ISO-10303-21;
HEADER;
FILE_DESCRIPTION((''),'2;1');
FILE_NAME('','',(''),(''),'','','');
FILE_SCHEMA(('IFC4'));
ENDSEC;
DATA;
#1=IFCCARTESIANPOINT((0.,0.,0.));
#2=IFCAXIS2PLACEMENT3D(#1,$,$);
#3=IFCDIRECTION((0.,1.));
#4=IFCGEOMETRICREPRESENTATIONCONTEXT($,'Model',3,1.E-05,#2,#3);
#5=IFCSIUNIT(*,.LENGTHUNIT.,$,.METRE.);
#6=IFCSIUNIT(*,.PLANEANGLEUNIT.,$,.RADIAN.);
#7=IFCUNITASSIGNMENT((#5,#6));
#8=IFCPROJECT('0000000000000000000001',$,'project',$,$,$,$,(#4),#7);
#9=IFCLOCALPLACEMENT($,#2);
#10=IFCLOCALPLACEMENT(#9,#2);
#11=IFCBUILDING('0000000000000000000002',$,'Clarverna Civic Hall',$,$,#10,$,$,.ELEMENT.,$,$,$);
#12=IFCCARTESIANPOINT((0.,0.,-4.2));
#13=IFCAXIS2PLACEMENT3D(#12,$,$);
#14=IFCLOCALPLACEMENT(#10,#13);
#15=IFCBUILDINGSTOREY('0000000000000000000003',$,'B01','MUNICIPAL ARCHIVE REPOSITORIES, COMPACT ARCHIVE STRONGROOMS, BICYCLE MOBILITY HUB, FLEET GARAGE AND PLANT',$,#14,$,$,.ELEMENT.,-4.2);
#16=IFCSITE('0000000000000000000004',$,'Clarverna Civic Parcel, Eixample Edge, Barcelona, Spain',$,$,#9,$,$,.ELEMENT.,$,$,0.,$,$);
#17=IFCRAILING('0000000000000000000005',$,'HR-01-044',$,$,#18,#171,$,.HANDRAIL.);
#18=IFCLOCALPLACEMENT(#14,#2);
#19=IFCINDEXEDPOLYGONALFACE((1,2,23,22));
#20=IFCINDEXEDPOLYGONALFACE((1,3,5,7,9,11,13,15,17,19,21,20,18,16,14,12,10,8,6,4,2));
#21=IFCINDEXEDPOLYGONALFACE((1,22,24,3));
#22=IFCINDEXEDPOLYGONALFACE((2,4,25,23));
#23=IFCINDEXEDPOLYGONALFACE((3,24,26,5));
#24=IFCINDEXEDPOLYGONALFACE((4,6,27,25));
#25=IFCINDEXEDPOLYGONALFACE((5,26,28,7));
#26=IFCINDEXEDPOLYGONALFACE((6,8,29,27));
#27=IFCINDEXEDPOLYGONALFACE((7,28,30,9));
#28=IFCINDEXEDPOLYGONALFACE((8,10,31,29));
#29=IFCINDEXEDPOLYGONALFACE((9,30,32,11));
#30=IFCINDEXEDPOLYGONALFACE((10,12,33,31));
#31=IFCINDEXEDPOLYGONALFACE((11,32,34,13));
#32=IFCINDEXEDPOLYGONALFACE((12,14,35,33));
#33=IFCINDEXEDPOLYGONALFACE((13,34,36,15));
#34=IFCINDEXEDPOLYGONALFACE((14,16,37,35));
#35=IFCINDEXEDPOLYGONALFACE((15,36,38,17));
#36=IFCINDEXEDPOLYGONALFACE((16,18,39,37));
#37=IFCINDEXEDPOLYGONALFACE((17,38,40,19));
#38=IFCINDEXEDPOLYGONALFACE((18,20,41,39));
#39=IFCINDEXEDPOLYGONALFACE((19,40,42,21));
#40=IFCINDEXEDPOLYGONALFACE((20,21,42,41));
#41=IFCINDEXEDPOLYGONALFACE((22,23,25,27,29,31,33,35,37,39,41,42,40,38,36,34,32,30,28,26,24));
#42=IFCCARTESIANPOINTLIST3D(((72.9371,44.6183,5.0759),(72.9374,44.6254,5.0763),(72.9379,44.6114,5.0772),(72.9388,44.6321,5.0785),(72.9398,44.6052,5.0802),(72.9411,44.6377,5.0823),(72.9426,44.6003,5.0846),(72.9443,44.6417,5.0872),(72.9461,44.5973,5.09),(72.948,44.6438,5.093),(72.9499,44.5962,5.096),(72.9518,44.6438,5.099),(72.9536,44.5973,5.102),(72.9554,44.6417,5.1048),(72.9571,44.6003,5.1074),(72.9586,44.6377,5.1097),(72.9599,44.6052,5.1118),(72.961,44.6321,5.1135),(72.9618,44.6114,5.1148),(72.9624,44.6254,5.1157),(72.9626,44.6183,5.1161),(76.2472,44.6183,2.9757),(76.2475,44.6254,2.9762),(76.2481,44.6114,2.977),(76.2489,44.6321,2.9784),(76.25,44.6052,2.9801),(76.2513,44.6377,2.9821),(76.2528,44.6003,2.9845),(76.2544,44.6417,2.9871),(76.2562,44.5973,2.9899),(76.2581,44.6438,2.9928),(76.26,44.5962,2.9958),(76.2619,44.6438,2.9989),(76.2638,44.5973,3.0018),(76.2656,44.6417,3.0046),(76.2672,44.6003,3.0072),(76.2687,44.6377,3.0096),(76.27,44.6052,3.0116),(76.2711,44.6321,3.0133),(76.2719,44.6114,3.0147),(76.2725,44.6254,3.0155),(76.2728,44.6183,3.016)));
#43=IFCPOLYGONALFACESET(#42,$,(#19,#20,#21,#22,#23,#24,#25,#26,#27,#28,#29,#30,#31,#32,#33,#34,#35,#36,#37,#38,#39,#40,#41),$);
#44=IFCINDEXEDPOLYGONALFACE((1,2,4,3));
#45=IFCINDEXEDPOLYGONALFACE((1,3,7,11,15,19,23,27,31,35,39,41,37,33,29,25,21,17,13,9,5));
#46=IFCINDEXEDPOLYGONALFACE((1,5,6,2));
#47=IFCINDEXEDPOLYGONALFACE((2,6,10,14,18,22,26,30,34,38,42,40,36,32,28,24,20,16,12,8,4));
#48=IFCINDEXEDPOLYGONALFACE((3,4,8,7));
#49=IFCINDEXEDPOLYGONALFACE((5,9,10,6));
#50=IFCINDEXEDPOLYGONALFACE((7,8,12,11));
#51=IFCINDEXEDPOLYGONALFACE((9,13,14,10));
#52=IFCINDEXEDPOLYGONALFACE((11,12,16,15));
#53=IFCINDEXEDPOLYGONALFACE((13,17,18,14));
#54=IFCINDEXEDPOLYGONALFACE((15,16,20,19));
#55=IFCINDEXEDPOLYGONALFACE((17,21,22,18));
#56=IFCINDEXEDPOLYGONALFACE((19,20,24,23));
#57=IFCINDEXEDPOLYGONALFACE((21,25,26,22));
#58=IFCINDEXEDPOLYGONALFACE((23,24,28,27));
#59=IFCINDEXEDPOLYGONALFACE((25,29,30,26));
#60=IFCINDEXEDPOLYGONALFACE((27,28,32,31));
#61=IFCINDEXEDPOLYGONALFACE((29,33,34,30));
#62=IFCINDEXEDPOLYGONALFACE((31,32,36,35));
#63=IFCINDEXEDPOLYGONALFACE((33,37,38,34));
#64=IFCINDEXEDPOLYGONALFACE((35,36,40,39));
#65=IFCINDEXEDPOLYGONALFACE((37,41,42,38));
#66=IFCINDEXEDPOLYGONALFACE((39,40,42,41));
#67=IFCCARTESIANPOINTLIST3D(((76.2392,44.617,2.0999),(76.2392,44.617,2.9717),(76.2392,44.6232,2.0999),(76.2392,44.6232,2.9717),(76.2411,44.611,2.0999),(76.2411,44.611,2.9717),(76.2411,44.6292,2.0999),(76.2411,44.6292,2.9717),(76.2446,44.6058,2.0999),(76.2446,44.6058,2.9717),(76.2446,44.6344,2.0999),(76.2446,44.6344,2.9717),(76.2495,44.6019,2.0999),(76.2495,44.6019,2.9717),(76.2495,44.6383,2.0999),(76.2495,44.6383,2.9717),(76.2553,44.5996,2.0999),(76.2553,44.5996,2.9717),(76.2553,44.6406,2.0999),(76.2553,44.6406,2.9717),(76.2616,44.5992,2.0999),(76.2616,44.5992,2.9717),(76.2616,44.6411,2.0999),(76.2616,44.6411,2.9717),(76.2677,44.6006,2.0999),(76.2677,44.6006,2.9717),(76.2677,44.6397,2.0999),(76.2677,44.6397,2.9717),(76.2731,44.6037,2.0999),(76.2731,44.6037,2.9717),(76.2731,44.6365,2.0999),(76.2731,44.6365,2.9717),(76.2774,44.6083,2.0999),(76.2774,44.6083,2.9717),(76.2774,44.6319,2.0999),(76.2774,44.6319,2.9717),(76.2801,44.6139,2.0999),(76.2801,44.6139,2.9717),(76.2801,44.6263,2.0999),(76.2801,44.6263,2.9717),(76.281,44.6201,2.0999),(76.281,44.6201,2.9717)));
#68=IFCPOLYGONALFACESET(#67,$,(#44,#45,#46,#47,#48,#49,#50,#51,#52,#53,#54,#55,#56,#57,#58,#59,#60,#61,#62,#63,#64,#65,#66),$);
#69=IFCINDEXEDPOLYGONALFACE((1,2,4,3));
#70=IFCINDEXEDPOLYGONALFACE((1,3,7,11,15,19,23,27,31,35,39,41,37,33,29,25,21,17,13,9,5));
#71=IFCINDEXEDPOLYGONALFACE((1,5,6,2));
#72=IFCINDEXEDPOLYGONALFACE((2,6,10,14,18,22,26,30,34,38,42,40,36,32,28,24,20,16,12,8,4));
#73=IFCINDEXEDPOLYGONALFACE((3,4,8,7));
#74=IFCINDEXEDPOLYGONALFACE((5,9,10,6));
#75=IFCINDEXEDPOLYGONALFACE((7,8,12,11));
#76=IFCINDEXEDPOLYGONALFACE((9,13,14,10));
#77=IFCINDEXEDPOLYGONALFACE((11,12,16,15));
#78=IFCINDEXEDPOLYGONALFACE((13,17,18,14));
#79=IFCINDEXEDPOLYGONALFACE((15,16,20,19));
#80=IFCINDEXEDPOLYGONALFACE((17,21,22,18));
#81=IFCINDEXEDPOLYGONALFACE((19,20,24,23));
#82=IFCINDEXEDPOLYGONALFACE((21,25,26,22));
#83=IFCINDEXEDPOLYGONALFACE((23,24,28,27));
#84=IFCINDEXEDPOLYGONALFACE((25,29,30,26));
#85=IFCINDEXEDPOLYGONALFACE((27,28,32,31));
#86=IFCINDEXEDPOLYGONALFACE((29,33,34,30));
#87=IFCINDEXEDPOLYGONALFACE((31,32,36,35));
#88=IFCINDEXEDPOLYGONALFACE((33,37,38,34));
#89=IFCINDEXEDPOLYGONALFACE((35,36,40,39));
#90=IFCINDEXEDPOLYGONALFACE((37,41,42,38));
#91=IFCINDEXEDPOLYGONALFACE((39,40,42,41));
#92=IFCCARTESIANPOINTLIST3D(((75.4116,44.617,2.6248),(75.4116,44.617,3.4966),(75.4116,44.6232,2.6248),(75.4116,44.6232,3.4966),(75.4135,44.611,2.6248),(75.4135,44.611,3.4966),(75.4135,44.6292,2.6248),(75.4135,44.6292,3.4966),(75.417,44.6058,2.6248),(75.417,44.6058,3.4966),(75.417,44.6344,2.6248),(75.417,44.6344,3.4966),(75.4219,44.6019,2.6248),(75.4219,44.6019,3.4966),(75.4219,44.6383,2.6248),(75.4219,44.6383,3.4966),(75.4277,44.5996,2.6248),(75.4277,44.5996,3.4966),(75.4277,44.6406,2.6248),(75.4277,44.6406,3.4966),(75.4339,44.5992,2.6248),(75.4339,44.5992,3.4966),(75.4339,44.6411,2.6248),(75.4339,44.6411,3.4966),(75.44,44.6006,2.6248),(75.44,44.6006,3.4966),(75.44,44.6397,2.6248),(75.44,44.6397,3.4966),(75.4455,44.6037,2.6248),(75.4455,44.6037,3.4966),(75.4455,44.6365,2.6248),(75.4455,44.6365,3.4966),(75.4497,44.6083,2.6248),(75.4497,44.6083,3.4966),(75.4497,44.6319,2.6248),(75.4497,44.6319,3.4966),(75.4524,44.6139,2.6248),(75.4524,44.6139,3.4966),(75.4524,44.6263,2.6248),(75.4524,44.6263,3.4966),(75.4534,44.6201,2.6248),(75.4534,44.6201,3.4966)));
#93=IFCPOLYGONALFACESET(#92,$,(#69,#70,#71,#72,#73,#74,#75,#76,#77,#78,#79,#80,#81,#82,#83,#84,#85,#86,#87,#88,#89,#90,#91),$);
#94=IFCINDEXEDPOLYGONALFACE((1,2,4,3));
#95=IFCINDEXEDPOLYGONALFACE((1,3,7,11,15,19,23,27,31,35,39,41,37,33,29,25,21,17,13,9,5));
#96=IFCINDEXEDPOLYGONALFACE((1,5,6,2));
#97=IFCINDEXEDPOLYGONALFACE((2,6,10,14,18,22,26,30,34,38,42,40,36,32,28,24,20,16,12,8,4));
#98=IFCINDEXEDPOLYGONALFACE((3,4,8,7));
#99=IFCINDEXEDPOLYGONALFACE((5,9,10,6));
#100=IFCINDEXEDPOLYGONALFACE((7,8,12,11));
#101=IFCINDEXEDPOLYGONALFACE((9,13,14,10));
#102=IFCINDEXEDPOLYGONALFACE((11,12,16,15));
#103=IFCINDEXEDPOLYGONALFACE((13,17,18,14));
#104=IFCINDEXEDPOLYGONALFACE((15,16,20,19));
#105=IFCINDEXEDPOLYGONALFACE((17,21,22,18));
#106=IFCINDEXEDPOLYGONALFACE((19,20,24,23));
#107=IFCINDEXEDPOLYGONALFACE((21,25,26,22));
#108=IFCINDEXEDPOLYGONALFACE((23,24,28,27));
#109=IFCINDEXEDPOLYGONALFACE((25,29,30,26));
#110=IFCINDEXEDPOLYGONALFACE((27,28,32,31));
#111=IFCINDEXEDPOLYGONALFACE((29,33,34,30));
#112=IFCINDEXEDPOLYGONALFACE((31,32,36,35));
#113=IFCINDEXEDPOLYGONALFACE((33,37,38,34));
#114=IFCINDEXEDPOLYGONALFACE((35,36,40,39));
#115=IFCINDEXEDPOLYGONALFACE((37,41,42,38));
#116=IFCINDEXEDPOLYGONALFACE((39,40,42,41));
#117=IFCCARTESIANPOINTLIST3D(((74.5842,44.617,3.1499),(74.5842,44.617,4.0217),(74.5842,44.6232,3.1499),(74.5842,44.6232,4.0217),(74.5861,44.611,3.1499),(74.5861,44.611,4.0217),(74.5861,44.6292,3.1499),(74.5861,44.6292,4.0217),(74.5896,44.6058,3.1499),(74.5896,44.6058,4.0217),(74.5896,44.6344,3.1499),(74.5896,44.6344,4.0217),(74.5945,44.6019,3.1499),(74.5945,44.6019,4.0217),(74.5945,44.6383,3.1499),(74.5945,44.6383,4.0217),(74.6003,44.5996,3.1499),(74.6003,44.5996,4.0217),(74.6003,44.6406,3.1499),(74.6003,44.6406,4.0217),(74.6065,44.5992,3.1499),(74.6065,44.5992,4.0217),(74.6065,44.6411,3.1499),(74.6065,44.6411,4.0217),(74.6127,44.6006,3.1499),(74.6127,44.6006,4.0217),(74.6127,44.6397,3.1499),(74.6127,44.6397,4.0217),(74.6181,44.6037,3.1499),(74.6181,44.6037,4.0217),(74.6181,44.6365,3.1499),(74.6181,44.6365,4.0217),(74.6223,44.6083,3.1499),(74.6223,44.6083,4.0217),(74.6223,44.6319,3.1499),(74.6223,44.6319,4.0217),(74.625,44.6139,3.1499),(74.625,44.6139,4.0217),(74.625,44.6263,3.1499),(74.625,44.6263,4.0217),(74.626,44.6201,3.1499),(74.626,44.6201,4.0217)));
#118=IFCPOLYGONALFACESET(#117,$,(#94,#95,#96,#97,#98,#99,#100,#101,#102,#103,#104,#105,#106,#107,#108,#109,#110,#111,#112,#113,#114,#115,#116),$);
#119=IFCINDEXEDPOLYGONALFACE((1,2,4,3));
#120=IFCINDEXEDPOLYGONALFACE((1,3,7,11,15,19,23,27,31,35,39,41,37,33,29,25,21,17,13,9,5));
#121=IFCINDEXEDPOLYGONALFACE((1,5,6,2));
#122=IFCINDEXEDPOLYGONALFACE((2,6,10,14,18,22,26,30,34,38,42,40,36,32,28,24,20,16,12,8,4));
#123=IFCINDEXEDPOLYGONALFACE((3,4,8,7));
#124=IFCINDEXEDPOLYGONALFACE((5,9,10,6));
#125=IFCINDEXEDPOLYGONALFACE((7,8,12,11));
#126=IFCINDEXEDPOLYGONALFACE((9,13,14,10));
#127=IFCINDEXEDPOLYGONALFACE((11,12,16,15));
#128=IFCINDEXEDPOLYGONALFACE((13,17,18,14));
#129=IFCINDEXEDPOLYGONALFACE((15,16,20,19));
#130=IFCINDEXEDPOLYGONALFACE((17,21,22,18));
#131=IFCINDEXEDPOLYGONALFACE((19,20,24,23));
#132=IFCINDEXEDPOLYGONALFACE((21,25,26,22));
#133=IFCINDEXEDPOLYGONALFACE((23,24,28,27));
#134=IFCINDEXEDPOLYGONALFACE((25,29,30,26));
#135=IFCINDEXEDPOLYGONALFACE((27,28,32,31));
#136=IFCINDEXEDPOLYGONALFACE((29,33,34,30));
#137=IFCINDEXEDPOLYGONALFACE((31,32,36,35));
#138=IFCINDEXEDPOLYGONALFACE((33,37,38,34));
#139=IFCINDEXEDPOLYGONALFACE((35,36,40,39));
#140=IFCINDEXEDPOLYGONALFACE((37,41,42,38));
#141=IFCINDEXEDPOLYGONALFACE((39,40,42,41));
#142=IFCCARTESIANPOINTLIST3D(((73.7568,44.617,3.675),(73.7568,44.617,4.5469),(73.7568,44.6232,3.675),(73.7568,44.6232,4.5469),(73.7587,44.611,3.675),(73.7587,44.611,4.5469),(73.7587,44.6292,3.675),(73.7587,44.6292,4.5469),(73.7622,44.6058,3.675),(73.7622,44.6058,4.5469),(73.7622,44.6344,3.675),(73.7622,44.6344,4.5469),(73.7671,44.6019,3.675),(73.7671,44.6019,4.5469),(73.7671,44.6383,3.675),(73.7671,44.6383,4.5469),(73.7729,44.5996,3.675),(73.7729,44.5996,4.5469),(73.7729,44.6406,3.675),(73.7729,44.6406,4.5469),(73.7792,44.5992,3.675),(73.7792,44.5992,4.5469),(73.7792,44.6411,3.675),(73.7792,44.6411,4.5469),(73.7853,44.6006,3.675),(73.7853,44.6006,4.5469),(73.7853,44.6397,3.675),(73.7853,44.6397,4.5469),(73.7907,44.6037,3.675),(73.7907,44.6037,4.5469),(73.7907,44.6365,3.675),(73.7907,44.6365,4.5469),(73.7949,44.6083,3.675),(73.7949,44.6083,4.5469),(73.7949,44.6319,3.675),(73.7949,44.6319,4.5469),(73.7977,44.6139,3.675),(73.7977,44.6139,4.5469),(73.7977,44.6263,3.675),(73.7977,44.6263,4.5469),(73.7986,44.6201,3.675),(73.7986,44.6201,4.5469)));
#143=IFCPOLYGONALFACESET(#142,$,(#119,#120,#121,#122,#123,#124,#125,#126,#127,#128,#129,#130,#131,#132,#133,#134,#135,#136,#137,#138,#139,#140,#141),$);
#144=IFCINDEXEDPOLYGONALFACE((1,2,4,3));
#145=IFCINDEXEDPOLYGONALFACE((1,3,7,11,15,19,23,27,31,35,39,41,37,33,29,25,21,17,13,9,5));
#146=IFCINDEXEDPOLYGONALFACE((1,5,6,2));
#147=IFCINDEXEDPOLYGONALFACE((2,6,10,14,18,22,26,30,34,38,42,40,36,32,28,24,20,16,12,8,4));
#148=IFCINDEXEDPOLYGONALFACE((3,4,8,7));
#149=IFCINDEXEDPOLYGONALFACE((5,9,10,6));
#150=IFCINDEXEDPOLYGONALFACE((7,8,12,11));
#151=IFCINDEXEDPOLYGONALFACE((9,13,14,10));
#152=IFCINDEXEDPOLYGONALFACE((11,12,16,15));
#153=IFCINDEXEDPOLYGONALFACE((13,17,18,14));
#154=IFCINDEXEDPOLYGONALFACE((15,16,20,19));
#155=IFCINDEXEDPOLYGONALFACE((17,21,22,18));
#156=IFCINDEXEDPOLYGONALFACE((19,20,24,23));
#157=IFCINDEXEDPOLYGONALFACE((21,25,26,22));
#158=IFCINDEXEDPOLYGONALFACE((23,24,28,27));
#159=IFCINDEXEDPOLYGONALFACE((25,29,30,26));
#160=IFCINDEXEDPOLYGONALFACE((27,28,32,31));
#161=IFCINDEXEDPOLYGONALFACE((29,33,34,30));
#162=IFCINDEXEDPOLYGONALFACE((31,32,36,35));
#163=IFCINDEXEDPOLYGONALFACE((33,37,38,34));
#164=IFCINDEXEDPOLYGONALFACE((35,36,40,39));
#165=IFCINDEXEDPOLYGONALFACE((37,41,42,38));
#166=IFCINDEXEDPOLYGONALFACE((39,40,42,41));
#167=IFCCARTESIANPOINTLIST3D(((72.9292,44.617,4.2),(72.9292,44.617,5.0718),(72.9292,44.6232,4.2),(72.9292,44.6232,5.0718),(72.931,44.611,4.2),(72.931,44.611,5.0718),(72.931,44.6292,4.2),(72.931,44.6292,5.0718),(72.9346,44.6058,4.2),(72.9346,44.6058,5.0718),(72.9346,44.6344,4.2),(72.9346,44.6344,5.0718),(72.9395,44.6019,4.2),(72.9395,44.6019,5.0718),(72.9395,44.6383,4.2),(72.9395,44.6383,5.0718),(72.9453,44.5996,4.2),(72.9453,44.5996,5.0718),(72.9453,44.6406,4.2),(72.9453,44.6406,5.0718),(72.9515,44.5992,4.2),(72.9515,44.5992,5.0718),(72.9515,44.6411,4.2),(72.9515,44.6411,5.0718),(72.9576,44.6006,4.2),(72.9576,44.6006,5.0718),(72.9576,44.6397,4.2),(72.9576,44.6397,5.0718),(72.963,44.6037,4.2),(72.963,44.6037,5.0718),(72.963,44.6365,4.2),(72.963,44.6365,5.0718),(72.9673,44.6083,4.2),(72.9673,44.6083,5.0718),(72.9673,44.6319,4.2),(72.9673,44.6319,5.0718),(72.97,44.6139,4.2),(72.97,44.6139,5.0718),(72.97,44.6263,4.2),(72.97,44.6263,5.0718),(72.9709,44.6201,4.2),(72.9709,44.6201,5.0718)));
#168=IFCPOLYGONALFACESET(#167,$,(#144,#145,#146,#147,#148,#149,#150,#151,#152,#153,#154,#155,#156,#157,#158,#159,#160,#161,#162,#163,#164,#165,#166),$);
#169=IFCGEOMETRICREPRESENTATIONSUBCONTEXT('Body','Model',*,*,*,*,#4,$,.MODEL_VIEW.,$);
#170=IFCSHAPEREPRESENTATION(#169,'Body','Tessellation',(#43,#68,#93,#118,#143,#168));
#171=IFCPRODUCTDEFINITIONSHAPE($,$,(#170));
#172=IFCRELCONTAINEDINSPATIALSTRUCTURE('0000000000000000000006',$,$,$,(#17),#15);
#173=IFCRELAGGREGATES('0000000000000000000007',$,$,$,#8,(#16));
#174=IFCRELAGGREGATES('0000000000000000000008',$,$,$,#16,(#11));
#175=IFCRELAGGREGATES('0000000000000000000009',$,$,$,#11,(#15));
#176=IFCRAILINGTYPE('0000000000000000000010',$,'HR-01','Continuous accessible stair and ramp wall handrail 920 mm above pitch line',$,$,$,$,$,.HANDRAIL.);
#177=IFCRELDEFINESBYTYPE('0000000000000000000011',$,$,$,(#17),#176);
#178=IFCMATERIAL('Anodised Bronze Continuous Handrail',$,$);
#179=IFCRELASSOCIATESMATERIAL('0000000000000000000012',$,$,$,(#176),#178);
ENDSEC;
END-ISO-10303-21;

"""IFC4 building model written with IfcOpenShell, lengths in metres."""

from ifc_helpers import new_model, si_unit, direction, frame, origin, origin_2d, place, context, subcontext, project, spatial, circle, extrude, material, type_object, element, save


model = new_model("IFC4")

# Units and contexts
model_context = context("Model", 3, precision=1e-05, world=origin(), true_north=direction((0.0, 1.0)))
body_context = subcontext(model_context, "Body", "Model", "MODEL_VIEW")
ifc_project = project(units=[si_unit("LENGTHUNIT", "METRE"), si_unit("PLANEANGLEUNIT", "RADIAN")], contexts=[model_context])

# Site, building, storey
site_placement = place(None, origin())
site = spatial("IfcSite", under=ifc_project, at=site_placement, Name="Clarverna Civic Parcel, Eixample Edge, Barcelona, Spain", CompositionType="ELEMENT", RefElevation=0.0)
building_placement = place(site_placement, origin())
building = spatial("IfcBuilding", under=site, at=building_placement, Name="Clarverna Civic Hall", CompositionType="ELEMENT")
storey_placement = place(building_placement, frame((0.0, 0.0, -4.2)))
storey = spatial("IfcBuildingStorey", under=building, at=storey_placement, Name="B01", Description="MUNICIPAL ARCHIVE REPOSITORIES, COMPACT ARCHIVE STRONGROOMS, BICYCLE MOBILITY HUB, FLEET GARAGE AND PLANT", CompositionType="ELEMENT", Elevation=-4.2)

# Railing
ifc_material_1 = material(Name="Anodised Bronze Continuous Handrail")
railing_type_1 = type_object("IfcRailingType", Name="HR-01", Description="Continuous accessible stair and ramp wall handrail 920 mm above pitch line", PredefinedType="HANDRAIL", material=ifc_material_1)
railing_1_placement = place(storey_placement, frame((76.26, 44.6201, 2.0999)))
element("IfcRailing", 1, at=railing_1_placement, inside=storey, type_object=railing_type_1, Name="HR-01-044", PredefinedType="HANDRAIL", context=body_context, shape_type="SweptSolid", body=[
    extrude(circle(Radius=0.0239, at=origin_2d()), frame((0.0, 0.0, 0.896), z_axis=(-0.844389, 0.0, 0.535731), x_axis=(0.0, -1.0, 0.0)), (0.0, 0.0, 1.0), 3.9202),
    extrude(circle(Radius=0.021, at=origin_2d()), origin(), (0.0, 0.0, 1.0), 0.8718),
    extrude(circle(Radius=0.021, at=origin_2d()), frame((-0.8276, 0.0, 0.5249)), (0.0, 0.0, 1.0), 0.8718),
    extrude(circle(Radius=0.021, at=origin_2d()), frame((-1.655, 0.0, 1.05)), (0.0, 0.0, 1.0), 0.8718),
    extrude(circle(Radius=0.021, at=origin_2d()), frame((-2.4824, 0.0, 1.5752)), (0.0, 0.0, 1.0), 0.8718),
    extrude(circle(Radius=0.021, at=origin_2d()), frame((-3.3101, 0.0, 2.1001)), (0.0, 0.0, 1.0), 0.8718),
])

save(model, "model.ifc")
